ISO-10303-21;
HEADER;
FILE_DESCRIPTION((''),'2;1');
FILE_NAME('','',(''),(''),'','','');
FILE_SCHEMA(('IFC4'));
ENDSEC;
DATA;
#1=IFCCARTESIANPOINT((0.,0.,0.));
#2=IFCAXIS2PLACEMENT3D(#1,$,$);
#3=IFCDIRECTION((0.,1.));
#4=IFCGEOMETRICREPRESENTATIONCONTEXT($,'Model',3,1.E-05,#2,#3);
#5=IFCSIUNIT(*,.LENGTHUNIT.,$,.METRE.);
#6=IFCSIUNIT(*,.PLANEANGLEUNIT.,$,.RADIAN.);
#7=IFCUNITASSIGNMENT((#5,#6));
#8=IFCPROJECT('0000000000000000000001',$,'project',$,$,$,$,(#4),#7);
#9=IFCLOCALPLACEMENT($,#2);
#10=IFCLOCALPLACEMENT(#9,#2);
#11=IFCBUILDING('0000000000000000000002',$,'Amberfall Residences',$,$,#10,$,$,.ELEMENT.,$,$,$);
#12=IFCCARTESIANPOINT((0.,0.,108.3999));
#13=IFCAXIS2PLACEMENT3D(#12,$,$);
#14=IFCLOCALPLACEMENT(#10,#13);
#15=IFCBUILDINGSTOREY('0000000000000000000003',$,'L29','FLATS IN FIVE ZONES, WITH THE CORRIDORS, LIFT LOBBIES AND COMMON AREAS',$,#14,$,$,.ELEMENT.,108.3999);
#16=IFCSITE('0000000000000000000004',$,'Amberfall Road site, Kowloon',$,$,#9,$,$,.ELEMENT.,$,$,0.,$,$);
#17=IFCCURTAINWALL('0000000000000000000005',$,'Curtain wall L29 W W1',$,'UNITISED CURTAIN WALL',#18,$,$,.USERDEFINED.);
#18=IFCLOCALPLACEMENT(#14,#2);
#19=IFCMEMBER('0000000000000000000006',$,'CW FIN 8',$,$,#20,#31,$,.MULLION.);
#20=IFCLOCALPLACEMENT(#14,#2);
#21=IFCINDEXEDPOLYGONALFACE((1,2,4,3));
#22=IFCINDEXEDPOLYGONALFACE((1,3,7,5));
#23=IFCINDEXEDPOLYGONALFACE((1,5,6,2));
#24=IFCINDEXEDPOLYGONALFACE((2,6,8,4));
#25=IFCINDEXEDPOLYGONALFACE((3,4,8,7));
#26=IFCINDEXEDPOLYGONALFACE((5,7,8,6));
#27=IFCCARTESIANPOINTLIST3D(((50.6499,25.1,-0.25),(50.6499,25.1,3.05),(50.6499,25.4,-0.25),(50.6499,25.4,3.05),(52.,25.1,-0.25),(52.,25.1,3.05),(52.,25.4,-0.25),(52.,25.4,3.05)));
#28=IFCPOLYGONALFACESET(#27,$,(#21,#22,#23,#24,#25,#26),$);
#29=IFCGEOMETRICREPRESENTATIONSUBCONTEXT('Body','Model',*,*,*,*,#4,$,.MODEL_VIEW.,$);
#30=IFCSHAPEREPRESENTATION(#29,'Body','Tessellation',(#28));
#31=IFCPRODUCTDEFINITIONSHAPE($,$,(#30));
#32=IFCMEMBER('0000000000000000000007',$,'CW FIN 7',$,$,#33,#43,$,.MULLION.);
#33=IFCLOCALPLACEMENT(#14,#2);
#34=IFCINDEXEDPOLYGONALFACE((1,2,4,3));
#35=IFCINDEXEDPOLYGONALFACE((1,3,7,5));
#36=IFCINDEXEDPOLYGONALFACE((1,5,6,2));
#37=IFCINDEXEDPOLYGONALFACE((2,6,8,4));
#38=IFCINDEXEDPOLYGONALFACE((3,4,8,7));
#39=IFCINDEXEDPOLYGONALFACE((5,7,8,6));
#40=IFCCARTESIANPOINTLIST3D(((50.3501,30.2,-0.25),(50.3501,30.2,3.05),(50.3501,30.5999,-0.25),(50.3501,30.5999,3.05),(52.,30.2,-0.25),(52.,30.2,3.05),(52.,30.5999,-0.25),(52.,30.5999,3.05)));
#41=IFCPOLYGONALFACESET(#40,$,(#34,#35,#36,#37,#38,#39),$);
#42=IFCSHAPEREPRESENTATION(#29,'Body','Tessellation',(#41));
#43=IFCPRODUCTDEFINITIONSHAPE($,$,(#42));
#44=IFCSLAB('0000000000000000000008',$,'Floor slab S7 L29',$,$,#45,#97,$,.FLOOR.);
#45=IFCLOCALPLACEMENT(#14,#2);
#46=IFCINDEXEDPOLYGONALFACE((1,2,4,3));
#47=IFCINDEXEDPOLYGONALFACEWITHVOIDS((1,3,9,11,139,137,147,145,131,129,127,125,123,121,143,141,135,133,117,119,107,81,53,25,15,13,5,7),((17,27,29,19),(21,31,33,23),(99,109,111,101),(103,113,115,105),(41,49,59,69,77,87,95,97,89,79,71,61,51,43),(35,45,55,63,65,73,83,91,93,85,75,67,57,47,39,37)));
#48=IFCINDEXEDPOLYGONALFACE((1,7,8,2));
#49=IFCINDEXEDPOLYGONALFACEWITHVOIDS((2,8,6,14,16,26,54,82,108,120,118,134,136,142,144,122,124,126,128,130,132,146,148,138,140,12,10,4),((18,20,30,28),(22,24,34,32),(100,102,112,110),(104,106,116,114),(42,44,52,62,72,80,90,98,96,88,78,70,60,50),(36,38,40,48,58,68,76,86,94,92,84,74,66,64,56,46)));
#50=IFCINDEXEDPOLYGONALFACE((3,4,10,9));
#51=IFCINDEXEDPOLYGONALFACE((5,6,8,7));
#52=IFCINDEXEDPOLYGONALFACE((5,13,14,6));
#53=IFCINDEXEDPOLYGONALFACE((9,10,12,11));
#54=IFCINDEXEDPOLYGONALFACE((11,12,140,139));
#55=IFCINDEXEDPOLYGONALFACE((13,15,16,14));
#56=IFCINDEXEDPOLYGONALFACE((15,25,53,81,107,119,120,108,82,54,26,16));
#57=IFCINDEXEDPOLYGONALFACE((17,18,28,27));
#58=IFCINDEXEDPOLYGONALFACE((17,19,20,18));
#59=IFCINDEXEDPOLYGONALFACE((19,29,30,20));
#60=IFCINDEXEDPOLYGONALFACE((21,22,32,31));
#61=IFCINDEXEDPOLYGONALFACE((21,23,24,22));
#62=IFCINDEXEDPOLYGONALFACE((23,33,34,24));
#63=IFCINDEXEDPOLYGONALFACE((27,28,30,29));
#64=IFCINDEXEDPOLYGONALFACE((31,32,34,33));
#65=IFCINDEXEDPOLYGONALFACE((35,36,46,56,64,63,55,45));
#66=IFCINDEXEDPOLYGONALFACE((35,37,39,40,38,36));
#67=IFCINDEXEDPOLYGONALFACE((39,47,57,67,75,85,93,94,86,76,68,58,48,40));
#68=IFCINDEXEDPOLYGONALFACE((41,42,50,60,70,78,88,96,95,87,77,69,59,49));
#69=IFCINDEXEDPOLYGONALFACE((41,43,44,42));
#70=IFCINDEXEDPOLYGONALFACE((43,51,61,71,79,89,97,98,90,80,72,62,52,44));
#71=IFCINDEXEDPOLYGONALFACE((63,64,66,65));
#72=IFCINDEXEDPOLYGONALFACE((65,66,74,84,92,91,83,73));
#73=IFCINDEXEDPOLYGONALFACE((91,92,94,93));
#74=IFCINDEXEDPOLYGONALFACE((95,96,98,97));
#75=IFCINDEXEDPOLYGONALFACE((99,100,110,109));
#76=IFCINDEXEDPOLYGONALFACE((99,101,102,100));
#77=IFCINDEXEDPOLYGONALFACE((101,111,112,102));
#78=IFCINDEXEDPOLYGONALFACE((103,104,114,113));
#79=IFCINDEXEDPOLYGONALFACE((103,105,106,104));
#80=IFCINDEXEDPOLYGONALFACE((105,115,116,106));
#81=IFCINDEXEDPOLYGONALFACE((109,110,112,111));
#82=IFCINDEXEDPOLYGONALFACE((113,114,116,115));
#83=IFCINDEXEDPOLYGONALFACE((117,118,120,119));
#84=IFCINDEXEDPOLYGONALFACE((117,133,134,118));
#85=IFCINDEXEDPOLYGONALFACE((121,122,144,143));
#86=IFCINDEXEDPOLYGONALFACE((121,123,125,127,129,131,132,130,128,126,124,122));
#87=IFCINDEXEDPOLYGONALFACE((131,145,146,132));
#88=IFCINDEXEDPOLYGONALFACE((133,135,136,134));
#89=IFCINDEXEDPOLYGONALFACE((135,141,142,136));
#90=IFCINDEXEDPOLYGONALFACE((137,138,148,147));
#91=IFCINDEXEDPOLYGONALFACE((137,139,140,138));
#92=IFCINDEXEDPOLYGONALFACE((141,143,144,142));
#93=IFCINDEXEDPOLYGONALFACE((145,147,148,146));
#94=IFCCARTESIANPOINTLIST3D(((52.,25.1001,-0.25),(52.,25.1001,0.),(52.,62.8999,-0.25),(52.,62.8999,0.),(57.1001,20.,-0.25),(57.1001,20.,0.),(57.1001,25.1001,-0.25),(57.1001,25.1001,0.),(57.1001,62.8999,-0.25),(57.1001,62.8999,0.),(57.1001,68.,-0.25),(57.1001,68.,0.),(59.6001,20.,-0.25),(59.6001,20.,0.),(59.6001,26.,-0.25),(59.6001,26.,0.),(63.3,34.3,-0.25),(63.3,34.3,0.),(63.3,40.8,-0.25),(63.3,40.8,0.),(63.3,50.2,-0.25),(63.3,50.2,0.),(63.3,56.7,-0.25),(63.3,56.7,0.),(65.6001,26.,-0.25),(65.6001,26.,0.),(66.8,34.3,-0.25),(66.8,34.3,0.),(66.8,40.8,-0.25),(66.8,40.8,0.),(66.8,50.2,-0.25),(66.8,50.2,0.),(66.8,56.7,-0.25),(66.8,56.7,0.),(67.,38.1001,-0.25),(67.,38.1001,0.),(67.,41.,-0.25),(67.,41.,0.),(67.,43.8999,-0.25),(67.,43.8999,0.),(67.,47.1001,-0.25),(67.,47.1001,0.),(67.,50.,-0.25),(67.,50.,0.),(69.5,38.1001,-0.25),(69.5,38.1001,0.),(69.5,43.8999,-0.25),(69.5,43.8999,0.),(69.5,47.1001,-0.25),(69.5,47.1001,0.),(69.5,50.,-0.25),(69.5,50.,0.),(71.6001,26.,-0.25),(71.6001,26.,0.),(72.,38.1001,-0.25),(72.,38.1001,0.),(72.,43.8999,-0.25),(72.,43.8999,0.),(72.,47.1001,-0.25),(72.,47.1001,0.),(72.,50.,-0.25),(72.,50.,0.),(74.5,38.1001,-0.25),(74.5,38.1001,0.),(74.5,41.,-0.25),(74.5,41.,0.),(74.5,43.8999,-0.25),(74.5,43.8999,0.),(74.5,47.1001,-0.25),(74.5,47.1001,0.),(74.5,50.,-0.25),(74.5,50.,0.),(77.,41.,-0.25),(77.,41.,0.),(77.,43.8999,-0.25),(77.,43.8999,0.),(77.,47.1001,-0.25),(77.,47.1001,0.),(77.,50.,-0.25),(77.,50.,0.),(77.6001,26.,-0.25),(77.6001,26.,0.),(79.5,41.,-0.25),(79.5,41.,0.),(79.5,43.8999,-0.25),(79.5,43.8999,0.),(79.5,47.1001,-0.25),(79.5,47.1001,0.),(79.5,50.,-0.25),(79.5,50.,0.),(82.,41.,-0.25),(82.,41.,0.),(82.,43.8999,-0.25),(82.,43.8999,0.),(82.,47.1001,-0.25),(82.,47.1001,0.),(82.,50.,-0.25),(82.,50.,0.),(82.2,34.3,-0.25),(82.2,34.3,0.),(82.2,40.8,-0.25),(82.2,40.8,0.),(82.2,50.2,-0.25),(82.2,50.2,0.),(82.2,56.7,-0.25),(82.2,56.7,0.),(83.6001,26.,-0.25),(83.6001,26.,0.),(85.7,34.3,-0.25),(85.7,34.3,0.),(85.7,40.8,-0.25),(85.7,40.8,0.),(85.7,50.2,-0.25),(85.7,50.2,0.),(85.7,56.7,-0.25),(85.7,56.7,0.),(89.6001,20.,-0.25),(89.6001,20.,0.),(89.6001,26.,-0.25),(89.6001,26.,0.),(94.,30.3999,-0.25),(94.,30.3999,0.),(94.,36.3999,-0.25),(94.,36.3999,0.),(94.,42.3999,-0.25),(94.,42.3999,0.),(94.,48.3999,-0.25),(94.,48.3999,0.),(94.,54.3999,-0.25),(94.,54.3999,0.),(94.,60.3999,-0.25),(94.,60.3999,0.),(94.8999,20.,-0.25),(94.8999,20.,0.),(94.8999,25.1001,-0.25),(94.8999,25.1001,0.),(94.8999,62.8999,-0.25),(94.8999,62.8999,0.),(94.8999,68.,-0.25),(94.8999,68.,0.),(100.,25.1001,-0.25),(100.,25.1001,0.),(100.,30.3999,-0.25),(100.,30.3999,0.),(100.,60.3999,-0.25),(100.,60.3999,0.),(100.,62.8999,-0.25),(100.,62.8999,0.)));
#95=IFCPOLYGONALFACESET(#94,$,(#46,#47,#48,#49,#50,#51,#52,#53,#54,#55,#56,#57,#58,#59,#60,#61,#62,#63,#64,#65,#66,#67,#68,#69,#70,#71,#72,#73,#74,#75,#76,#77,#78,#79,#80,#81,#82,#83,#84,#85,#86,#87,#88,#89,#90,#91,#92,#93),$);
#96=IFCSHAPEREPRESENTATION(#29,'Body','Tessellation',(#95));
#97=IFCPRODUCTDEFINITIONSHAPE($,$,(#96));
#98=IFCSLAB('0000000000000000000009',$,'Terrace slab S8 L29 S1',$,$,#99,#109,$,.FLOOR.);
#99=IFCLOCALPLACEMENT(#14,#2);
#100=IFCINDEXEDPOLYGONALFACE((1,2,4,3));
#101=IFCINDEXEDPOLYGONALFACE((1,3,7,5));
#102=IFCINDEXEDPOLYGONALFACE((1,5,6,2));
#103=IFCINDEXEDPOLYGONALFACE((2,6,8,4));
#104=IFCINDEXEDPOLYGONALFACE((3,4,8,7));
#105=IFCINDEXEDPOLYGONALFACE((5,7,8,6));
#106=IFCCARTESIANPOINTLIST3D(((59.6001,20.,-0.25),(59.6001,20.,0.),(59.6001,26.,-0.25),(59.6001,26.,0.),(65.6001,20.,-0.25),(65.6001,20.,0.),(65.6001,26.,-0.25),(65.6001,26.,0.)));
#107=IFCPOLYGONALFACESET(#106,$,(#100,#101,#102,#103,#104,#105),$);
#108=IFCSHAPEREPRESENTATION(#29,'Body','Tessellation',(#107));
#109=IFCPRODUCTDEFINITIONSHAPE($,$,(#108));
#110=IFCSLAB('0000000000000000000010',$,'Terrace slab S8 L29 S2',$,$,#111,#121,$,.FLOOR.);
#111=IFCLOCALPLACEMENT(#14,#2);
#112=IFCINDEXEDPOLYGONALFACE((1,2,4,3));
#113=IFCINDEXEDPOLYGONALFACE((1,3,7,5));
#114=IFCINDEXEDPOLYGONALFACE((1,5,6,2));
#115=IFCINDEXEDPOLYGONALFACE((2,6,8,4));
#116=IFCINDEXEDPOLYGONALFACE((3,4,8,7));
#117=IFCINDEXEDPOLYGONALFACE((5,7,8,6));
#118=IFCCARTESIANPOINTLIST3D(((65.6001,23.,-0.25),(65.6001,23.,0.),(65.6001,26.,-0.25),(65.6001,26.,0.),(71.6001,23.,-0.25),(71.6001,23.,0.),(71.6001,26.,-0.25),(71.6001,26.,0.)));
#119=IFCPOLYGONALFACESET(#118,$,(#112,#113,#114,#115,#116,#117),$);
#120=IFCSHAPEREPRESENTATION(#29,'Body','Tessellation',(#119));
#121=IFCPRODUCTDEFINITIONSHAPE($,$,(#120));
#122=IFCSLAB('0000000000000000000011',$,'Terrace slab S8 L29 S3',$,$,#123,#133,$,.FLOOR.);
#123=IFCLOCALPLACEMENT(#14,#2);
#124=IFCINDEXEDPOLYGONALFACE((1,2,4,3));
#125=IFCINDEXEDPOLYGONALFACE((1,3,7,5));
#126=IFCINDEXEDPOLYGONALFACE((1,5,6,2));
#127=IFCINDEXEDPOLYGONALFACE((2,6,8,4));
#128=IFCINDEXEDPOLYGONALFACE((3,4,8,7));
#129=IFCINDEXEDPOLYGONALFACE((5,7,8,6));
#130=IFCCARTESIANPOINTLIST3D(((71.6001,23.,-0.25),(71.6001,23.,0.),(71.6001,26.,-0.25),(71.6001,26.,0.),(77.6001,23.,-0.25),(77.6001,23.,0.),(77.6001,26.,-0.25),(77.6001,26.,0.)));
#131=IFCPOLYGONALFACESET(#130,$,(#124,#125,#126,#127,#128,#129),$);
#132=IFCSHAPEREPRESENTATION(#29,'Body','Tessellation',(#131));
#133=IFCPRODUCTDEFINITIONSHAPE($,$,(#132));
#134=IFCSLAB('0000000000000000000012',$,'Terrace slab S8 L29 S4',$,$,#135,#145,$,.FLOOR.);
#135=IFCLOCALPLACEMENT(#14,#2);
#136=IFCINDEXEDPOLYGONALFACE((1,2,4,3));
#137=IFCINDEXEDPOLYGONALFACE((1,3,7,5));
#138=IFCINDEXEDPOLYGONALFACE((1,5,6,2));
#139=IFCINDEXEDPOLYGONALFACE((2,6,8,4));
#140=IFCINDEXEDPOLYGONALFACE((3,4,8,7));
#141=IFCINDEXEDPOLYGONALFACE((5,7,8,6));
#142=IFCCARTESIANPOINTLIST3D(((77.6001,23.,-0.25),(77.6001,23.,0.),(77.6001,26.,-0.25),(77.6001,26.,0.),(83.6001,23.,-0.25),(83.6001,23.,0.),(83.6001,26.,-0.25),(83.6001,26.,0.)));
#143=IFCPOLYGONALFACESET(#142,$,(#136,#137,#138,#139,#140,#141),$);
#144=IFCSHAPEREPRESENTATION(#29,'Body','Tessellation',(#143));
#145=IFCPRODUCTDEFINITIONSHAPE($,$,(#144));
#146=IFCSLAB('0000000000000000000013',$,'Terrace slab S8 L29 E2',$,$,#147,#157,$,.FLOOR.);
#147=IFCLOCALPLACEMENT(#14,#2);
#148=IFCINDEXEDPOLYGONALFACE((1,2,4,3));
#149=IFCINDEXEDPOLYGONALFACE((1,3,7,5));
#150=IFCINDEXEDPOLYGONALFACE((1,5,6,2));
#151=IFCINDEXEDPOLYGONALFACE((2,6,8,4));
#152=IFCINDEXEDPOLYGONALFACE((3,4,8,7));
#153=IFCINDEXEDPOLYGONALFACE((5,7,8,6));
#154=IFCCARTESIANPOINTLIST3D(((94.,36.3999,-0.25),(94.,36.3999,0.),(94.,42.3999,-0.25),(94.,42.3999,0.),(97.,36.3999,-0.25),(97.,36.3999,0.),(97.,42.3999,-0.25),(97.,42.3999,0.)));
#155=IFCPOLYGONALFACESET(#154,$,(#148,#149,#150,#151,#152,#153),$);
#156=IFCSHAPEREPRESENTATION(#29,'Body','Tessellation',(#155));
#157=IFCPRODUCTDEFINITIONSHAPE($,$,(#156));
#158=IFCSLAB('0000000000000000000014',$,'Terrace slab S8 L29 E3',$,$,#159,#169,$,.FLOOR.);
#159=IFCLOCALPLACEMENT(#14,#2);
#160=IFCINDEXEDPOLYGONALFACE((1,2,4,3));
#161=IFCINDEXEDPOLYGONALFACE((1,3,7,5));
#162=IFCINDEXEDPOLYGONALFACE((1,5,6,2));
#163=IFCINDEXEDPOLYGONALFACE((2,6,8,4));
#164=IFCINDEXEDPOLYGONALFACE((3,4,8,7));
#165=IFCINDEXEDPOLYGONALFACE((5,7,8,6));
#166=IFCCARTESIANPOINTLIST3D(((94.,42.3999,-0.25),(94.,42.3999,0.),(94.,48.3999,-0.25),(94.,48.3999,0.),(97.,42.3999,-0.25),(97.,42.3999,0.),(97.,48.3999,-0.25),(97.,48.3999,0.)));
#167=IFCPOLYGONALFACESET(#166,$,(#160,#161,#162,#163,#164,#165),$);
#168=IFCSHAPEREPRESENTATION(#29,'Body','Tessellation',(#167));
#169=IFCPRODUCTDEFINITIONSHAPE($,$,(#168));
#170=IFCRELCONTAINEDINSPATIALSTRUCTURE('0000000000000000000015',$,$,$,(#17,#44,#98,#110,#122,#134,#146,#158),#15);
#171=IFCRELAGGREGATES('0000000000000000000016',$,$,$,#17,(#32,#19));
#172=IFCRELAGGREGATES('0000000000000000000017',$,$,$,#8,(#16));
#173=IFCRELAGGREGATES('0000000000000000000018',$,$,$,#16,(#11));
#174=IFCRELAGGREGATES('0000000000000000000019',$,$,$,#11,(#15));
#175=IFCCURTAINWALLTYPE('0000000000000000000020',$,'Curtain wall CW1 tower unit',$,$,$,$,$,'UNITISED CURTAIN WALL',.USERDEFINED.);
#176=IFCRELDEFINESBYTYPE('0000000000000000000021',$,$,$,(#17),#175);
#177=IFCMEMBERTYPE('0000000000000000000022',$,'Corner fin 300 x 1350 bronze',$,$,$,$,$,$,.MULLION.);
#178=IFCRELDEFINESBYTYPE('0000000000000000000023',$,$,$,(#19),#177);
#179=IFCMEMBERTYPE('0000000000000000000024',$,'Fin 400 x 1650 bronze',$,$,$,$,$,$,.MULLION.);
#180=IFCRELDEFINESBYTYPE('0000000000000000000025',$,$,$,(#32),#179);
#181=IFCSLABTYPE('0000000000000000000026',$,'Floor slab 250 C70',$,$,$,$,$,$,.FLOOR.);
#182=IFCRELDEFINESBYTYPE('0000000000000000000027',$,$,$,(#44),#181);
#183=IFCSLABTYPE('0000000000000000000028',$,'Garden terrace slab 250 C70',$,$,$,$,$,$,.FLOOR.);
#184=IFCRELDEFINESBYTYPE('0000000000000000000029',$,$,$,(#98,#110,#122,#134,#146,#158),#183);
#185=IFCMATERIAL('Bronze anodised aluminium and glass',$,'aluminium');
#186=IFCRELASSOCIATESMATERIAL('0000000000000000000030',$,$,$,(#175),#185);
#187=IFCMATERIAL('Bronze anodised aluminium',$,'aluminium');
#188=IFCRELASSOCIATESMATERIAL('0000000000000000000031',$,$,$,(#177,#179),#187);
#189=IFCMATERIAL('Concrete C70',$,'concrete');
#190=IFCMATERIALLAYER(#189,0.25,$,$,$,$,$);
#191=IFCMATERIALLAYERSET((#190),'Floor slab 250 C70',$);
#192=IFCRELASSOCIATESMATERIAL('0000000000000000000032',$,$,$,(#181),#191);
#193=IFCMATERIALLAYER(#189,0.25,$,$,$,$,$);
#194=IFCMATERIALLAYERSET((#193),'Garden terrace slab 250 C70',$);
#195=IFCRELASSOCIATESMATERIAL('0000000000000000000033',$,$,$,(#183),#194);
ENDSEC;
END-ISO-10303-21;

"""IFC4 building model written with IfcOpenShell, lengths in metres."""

from ifc_helpers import new_model, si_unit, direction, frame, origin, origin_2d, place, context, subcontext, project, spatial, polyline, rectangle, outline, extrude, material, layer, layer_set, material_profile, profile_set, type_object, element, aggregate, save


model = new_model("IFC4")

# Units and contexts
model_context = context("Model", 3, precision=1e-05, world=origin(), true_north=direction((0.0, 1.0)))
body_context = subcontext(model_context, "Body", "Model", "MODEL_VIEW")
ifc_project = project(units=[si_unit("LENGTHUNIT", "METRE"), si_unit("PLANEANGLEUNIT", "RADIAN")], contexts=[model_context])

# Site, building, storey
site_placement = place(None, origin())
site = spatial("IfcSite", under=ifc_project, at=site_placement, Name="Amberfall Road site, Kowloon", CompositionType="ELEMENT", RefElevation=0.0)
building_placement = place(site_placement, origin())
building = spatial("IfcBuilding", under=site, at=building_placement, Name="Amberfall Residences", CompositionType="ELEMENT")
storey_placement = place(building_placement, frame((0.0, 0.0, 108.3999)))
storey = spatial("IfcBuildingStorey", under=building, at=storey_placement, Name="L29", Description="FLATS IN FIVE ZONES, WITH THE CORRIDORS, LIFT LOBBIES AND COMMON AREAS", CompositionType="ELEMENT", Elevation=108.3999)

# Curtain wall, members
ifc_material_1 = material(Name="Bronze anodised aluminium and glass", Category="aluminium")
curtain_wall_type = type_object("IfcCurtainWallType", Name="Curtain wall CW1 tower unit", ElementType="UNITISED CURTAIN WALL", PredefinedType="USERDEFINED", material=ifc_material_1)
curtain_wall_placement = place(storey_placement, origin())
curtain_wall = element("IfcCurtainWall", 1, at=curtain_wall_placement, inside=storey, type_object=curtain_wall_type, Name="Curtain wall L29 W W1", ObjectType="UNITISED CURTAIN WALL", PredefinedType="USERDEFINED")
ifc_material_2 = material(Name="Bronze anodised aluminium", Category="aluminium")
ifc_material_profile_1 = material_profile(ifc_material_2, rectangle(XDim=1.3501, YDim=0.3, at=origin_2d()), Name="Corner fin 300 x 1350 bronze")
ifc_profile_set_1 = profile_set([ifc_material_profile_1], Name="Bronze anodised aluminium")
member_type_1 = type_object("IfcMemberType", Name="Corner fin 300 x 1350 bronze", PredefinedType="MULLION", material=ifc_profile_set_1)
member_1_placement = place(storey_placement, frame((51.325, 25.25, -0.25), z_axis=(0.0, 0.0, 1.0), x_axis=(1.0, 0.0, 0.0)))
member_1 = element("IfcMember", 2, at=member_1_placement, type_object=member_type_1, Name="CW FIN 8", PredefinedType="MULLION", context=body_context, shape_type="SweptSolid", body=[
    extrude(rectangle(XDim=1.3501, YDim=0.3, at=origin_2d()), origin(), (0.0, 0.0, 1.0), 3.3),
])
ifc_material_profile_2 = material_profile(ifc_material_2, rectangle(XDim=1.6499, YDim=0.3999, at=origin_2d()), Name="Fin 400 x 1650 bronze")
ifc_profile_set_2 = profile_set([ifc_material_profile_2], Name="Bronze anodised aluminium")
member_type_2 = type_object("IfcMemberType", Name="Fin 400 x 1650 bronze", PredefinedType="MULLION", material=ifc_profile_set_2)
member_2_placement = place(storey_placement, frame((51.175, 30.3999, -0.25), z_axis=(0.0, 0.0, 1.0), x_axis=(1.0, 0.0, 0.0)))
member_2 = element("IfcMember", 3, at=member_2_placement, type_object=member_type_2, Name="CW FIN 7", PredefinedType="MULLION", context=body_context, shape_type="SweptSolid", body=[
    extrude(rectangle(XDim=1.6499, YDim=0.3999, at=origin_2d()), origin(), (0.0, 0.0, 1.0), 3.3),
])
aggregate(curtain_wall, [member_2, member_1])

# Slabs
ifc_material_3 = material(Name="Concrete C70", Category="concrete")
ifc_layer_1 = layer(ifc_material_3, 0.25)
ifc_layer_set_1 = layer_set([ifc_layer_1], Name="Floor slab 250 C70")
slab_type_1 = type_object("IfcSlabType", Name="Floor slab 250 C70", PredefinedType="FLOOR", material=ifc_layer_set_1)
slab_1_placement = place(storey_placement, frame((0.0, 0.0, -0.25)))
element("IfcSlab", 4, at=slab_1_placement, inside=storey, type_object=slab_type_1, Name="Floor slab S7 L29", PredefinedType="FLOOR", context=body_context, shape_type="SweptSolid", body=[
    extrude(outline(polyline([(89.6001, 20.0), (89.6001, 26.0), (83.6001, 26.0), (77.6001, 26.0), (71.6001, 26.0), (65.6001, 26.0), (59.6001, 26.0), (59.6001, 20.0), (57.1001, 20.0), (57.1001, 25.1001), (52.0, 25.1001), (52.0, 62.8999), (57.1001, 62.8999), (57.1001, 68.0), (94.8999, 68.0), (94.8999, 62.8999), (100.0, 62.8999), (100.0, 60.3999), (94.0, 60.3999), (94.0, 54.3999), (94.0, 48.3999), (94.0, 42.3999), (94.0, 36.3999), (94.0, 30.3999), (100.0, 30.3999), (100.0, 25.1001), (94.8999, 25.1001), (94.8999, 20.0), (89.6001, 20.0)]), holes=[polyline([(85.7, 34.3), (85.7, 40.8), (82.2, 40.8), (82.2, 34.3), (85.7, 34.3)]), polyline([(82.2, 50.2), (85.7, 50.2), (85.7, 56.7), (82.2, 56.7), (82.2, 50.2)]), polyline([(69.5, 50.0), (67.0, 50.0), (67.0, 47.1001), (69.5, 47.1001), (72.0, 47.1001), (74.5, 47.1001), (77.0, 47.1001), (79.5, 47.1001), (82.0, 47.1001), (82.0, 50.0), (79.5, 50.0), (77.0, 50.0), (74.5, 50.0), (72.0, 50.0), (69.5, 50.0)]), polyline([(74.5, 41.0), (77.0, 41.0), (79.5, 41.0), (82.0, 41.0), (82.0, 43.8999), (79.5, 43.8999), (77.0, 43.8999), (74.5, 43.8999), (72.0, 43.8999), (69.5, 43.8999), (67.0, 43.8999), (67.0, 41.0), (67.0, 38.1001), (69.5, 38.1001), (72.0, 38.1001), (74.5, 38.1001), (74.5, 41.0)]), polyline([(66.8, 34.3), (66.8, 40.8), (63.3, 40.8), (63.3, 34.3), (66.8, 34.3)]), polyline([(66.8, 50.2), (66.8, 56.7), (63.3, 56.7), (63.3, 50.2), (66.8, 50.2)])]), origin(), (0.0, 0.0, 1.0), 0.25),
])
ifc_layer_2 = layer(ifc_material_3, 0.25)
ifc_layer_set_2 = layer_set([ifc_layer_2], Name="Garden terrace slab 250 C70")
slab_type_2 = type_object("IfcSlabType", Name="Garden terrace slab 250 C70", PredefinedType="FLOOR", material=ifc_layer_set_2)
slab_2_placement = place(storey_placement, frame((0.0, 0.0, -0.25)))
element("IfcSlab", 5, at=slab_2_placement, inside=storey, type_object=slab_type_2, Name="Terrace slab S8 L29 S1", PredefinedType="FLOOR", context=body_context, shape_type="SweptSolid", body=[
    extrude(outline(polyline([(65.6001, 20.0), (65.6001, 26.0), (59.6001, 26.0), (59.6001, 20.0), (65.6001, 20.0)])), origin(), (0.0, 0.0, 1.0), 0.25),
])
slab_3_placement = place(storey_placement, frame((0.0, 0.0, -0.25)))
element("IfcSlab", 6, at=slab_3_placement, inside=storey, type_object=slab_type_2, Name="Terrace slab S8 L29 S2", PredefinedType="FLOOR", context=body_context, shape_type="SweptSolid", body=[
    extrude(outline(polyline([(65.6001, 26.0), (71.6001, 26.0), (71.6001, 23.0), (65.6001, 23.0), (65.6001, 26.0)])), origin(), (0.0, 0.0, 1.0), 0.25),
])
slab_4_placement = place(storey_placement, frame((0.0, 0.0, -0.25)))
element("IfcSlab", 7, at=slab_4_placement, inside=storey, type_object=slab_type_2, Name="Terrace slab S8 L29 S3", PredefinedType="FLOOR", context=body_context, shape_type="SweptSolid", body=[
    extrude(outline(polyline([(71.6001, 26.0), (77.6001, 26.0), (77.6001, 23.0), (71.6001, 23.0), (71.6001, 26.0)])), origin(), (0.0, 0.0, 1.0), 0.25),
])
slab_5_placement = place(storey_placement, frame((0.0, 0.0, -0.25)))
element("IfcSlab", 8, at=slab_5_placement, inside=storey, type_object=slab_type_2, Name="Terrace slab S8 L29 S4", PredefinedType="FLOOR", context=body_context, shape_type="SweptSolid", body=[
    extrude(outline(polyline([(77.6001, 26.0), (83.6001, 26.0), (83.6001, 23.0), (77.6001, 23.0), (77.6001, 26.0)])), origin(), (0.0, 0.0, 1.0), 0.25),
])
slab_6_placement = place(storey_placement, frame((0.0, 0.0, -0.25)))
element("IfcSlab", 9, at=slab_6_placement, inside=storey, type_object=slab_type_2, Name="Terrace slab S8 L29 E2", PredefinedType="FLOOR", context=body_context, shape_type="SweptSolid", body=[
    extrude(outline(polyline([(94.0, 36.3999), (94.0, 42.3999), (97.0, 42.3999), (97.0, 36.3999), (94.0, 36.3999)])), origin(), (0.0, 0.0, 1.0), 0.25),
])
slab_7_placement = place(storey_placement, frame((0.0, 0.0, -0.25)))
element("IfcSlab", 10, at=slab_7_placement, inside=storey, type_object=slab_type_2, Name="Terrace slab S8 L29 E3", PredefinedType="FLOOR", context=body_context, shape_type="SweptSolid", body=[
    extrude(outline(polyline([(94.0, 42.3999), (94.0, 48.3999), (97.0, 48.3999), (97.0, 42.3999), (94.0, 42.3999)])), origin(), (0.0, 0.0, 1.0), 0.25),
])

save(model, "model.ifc")
